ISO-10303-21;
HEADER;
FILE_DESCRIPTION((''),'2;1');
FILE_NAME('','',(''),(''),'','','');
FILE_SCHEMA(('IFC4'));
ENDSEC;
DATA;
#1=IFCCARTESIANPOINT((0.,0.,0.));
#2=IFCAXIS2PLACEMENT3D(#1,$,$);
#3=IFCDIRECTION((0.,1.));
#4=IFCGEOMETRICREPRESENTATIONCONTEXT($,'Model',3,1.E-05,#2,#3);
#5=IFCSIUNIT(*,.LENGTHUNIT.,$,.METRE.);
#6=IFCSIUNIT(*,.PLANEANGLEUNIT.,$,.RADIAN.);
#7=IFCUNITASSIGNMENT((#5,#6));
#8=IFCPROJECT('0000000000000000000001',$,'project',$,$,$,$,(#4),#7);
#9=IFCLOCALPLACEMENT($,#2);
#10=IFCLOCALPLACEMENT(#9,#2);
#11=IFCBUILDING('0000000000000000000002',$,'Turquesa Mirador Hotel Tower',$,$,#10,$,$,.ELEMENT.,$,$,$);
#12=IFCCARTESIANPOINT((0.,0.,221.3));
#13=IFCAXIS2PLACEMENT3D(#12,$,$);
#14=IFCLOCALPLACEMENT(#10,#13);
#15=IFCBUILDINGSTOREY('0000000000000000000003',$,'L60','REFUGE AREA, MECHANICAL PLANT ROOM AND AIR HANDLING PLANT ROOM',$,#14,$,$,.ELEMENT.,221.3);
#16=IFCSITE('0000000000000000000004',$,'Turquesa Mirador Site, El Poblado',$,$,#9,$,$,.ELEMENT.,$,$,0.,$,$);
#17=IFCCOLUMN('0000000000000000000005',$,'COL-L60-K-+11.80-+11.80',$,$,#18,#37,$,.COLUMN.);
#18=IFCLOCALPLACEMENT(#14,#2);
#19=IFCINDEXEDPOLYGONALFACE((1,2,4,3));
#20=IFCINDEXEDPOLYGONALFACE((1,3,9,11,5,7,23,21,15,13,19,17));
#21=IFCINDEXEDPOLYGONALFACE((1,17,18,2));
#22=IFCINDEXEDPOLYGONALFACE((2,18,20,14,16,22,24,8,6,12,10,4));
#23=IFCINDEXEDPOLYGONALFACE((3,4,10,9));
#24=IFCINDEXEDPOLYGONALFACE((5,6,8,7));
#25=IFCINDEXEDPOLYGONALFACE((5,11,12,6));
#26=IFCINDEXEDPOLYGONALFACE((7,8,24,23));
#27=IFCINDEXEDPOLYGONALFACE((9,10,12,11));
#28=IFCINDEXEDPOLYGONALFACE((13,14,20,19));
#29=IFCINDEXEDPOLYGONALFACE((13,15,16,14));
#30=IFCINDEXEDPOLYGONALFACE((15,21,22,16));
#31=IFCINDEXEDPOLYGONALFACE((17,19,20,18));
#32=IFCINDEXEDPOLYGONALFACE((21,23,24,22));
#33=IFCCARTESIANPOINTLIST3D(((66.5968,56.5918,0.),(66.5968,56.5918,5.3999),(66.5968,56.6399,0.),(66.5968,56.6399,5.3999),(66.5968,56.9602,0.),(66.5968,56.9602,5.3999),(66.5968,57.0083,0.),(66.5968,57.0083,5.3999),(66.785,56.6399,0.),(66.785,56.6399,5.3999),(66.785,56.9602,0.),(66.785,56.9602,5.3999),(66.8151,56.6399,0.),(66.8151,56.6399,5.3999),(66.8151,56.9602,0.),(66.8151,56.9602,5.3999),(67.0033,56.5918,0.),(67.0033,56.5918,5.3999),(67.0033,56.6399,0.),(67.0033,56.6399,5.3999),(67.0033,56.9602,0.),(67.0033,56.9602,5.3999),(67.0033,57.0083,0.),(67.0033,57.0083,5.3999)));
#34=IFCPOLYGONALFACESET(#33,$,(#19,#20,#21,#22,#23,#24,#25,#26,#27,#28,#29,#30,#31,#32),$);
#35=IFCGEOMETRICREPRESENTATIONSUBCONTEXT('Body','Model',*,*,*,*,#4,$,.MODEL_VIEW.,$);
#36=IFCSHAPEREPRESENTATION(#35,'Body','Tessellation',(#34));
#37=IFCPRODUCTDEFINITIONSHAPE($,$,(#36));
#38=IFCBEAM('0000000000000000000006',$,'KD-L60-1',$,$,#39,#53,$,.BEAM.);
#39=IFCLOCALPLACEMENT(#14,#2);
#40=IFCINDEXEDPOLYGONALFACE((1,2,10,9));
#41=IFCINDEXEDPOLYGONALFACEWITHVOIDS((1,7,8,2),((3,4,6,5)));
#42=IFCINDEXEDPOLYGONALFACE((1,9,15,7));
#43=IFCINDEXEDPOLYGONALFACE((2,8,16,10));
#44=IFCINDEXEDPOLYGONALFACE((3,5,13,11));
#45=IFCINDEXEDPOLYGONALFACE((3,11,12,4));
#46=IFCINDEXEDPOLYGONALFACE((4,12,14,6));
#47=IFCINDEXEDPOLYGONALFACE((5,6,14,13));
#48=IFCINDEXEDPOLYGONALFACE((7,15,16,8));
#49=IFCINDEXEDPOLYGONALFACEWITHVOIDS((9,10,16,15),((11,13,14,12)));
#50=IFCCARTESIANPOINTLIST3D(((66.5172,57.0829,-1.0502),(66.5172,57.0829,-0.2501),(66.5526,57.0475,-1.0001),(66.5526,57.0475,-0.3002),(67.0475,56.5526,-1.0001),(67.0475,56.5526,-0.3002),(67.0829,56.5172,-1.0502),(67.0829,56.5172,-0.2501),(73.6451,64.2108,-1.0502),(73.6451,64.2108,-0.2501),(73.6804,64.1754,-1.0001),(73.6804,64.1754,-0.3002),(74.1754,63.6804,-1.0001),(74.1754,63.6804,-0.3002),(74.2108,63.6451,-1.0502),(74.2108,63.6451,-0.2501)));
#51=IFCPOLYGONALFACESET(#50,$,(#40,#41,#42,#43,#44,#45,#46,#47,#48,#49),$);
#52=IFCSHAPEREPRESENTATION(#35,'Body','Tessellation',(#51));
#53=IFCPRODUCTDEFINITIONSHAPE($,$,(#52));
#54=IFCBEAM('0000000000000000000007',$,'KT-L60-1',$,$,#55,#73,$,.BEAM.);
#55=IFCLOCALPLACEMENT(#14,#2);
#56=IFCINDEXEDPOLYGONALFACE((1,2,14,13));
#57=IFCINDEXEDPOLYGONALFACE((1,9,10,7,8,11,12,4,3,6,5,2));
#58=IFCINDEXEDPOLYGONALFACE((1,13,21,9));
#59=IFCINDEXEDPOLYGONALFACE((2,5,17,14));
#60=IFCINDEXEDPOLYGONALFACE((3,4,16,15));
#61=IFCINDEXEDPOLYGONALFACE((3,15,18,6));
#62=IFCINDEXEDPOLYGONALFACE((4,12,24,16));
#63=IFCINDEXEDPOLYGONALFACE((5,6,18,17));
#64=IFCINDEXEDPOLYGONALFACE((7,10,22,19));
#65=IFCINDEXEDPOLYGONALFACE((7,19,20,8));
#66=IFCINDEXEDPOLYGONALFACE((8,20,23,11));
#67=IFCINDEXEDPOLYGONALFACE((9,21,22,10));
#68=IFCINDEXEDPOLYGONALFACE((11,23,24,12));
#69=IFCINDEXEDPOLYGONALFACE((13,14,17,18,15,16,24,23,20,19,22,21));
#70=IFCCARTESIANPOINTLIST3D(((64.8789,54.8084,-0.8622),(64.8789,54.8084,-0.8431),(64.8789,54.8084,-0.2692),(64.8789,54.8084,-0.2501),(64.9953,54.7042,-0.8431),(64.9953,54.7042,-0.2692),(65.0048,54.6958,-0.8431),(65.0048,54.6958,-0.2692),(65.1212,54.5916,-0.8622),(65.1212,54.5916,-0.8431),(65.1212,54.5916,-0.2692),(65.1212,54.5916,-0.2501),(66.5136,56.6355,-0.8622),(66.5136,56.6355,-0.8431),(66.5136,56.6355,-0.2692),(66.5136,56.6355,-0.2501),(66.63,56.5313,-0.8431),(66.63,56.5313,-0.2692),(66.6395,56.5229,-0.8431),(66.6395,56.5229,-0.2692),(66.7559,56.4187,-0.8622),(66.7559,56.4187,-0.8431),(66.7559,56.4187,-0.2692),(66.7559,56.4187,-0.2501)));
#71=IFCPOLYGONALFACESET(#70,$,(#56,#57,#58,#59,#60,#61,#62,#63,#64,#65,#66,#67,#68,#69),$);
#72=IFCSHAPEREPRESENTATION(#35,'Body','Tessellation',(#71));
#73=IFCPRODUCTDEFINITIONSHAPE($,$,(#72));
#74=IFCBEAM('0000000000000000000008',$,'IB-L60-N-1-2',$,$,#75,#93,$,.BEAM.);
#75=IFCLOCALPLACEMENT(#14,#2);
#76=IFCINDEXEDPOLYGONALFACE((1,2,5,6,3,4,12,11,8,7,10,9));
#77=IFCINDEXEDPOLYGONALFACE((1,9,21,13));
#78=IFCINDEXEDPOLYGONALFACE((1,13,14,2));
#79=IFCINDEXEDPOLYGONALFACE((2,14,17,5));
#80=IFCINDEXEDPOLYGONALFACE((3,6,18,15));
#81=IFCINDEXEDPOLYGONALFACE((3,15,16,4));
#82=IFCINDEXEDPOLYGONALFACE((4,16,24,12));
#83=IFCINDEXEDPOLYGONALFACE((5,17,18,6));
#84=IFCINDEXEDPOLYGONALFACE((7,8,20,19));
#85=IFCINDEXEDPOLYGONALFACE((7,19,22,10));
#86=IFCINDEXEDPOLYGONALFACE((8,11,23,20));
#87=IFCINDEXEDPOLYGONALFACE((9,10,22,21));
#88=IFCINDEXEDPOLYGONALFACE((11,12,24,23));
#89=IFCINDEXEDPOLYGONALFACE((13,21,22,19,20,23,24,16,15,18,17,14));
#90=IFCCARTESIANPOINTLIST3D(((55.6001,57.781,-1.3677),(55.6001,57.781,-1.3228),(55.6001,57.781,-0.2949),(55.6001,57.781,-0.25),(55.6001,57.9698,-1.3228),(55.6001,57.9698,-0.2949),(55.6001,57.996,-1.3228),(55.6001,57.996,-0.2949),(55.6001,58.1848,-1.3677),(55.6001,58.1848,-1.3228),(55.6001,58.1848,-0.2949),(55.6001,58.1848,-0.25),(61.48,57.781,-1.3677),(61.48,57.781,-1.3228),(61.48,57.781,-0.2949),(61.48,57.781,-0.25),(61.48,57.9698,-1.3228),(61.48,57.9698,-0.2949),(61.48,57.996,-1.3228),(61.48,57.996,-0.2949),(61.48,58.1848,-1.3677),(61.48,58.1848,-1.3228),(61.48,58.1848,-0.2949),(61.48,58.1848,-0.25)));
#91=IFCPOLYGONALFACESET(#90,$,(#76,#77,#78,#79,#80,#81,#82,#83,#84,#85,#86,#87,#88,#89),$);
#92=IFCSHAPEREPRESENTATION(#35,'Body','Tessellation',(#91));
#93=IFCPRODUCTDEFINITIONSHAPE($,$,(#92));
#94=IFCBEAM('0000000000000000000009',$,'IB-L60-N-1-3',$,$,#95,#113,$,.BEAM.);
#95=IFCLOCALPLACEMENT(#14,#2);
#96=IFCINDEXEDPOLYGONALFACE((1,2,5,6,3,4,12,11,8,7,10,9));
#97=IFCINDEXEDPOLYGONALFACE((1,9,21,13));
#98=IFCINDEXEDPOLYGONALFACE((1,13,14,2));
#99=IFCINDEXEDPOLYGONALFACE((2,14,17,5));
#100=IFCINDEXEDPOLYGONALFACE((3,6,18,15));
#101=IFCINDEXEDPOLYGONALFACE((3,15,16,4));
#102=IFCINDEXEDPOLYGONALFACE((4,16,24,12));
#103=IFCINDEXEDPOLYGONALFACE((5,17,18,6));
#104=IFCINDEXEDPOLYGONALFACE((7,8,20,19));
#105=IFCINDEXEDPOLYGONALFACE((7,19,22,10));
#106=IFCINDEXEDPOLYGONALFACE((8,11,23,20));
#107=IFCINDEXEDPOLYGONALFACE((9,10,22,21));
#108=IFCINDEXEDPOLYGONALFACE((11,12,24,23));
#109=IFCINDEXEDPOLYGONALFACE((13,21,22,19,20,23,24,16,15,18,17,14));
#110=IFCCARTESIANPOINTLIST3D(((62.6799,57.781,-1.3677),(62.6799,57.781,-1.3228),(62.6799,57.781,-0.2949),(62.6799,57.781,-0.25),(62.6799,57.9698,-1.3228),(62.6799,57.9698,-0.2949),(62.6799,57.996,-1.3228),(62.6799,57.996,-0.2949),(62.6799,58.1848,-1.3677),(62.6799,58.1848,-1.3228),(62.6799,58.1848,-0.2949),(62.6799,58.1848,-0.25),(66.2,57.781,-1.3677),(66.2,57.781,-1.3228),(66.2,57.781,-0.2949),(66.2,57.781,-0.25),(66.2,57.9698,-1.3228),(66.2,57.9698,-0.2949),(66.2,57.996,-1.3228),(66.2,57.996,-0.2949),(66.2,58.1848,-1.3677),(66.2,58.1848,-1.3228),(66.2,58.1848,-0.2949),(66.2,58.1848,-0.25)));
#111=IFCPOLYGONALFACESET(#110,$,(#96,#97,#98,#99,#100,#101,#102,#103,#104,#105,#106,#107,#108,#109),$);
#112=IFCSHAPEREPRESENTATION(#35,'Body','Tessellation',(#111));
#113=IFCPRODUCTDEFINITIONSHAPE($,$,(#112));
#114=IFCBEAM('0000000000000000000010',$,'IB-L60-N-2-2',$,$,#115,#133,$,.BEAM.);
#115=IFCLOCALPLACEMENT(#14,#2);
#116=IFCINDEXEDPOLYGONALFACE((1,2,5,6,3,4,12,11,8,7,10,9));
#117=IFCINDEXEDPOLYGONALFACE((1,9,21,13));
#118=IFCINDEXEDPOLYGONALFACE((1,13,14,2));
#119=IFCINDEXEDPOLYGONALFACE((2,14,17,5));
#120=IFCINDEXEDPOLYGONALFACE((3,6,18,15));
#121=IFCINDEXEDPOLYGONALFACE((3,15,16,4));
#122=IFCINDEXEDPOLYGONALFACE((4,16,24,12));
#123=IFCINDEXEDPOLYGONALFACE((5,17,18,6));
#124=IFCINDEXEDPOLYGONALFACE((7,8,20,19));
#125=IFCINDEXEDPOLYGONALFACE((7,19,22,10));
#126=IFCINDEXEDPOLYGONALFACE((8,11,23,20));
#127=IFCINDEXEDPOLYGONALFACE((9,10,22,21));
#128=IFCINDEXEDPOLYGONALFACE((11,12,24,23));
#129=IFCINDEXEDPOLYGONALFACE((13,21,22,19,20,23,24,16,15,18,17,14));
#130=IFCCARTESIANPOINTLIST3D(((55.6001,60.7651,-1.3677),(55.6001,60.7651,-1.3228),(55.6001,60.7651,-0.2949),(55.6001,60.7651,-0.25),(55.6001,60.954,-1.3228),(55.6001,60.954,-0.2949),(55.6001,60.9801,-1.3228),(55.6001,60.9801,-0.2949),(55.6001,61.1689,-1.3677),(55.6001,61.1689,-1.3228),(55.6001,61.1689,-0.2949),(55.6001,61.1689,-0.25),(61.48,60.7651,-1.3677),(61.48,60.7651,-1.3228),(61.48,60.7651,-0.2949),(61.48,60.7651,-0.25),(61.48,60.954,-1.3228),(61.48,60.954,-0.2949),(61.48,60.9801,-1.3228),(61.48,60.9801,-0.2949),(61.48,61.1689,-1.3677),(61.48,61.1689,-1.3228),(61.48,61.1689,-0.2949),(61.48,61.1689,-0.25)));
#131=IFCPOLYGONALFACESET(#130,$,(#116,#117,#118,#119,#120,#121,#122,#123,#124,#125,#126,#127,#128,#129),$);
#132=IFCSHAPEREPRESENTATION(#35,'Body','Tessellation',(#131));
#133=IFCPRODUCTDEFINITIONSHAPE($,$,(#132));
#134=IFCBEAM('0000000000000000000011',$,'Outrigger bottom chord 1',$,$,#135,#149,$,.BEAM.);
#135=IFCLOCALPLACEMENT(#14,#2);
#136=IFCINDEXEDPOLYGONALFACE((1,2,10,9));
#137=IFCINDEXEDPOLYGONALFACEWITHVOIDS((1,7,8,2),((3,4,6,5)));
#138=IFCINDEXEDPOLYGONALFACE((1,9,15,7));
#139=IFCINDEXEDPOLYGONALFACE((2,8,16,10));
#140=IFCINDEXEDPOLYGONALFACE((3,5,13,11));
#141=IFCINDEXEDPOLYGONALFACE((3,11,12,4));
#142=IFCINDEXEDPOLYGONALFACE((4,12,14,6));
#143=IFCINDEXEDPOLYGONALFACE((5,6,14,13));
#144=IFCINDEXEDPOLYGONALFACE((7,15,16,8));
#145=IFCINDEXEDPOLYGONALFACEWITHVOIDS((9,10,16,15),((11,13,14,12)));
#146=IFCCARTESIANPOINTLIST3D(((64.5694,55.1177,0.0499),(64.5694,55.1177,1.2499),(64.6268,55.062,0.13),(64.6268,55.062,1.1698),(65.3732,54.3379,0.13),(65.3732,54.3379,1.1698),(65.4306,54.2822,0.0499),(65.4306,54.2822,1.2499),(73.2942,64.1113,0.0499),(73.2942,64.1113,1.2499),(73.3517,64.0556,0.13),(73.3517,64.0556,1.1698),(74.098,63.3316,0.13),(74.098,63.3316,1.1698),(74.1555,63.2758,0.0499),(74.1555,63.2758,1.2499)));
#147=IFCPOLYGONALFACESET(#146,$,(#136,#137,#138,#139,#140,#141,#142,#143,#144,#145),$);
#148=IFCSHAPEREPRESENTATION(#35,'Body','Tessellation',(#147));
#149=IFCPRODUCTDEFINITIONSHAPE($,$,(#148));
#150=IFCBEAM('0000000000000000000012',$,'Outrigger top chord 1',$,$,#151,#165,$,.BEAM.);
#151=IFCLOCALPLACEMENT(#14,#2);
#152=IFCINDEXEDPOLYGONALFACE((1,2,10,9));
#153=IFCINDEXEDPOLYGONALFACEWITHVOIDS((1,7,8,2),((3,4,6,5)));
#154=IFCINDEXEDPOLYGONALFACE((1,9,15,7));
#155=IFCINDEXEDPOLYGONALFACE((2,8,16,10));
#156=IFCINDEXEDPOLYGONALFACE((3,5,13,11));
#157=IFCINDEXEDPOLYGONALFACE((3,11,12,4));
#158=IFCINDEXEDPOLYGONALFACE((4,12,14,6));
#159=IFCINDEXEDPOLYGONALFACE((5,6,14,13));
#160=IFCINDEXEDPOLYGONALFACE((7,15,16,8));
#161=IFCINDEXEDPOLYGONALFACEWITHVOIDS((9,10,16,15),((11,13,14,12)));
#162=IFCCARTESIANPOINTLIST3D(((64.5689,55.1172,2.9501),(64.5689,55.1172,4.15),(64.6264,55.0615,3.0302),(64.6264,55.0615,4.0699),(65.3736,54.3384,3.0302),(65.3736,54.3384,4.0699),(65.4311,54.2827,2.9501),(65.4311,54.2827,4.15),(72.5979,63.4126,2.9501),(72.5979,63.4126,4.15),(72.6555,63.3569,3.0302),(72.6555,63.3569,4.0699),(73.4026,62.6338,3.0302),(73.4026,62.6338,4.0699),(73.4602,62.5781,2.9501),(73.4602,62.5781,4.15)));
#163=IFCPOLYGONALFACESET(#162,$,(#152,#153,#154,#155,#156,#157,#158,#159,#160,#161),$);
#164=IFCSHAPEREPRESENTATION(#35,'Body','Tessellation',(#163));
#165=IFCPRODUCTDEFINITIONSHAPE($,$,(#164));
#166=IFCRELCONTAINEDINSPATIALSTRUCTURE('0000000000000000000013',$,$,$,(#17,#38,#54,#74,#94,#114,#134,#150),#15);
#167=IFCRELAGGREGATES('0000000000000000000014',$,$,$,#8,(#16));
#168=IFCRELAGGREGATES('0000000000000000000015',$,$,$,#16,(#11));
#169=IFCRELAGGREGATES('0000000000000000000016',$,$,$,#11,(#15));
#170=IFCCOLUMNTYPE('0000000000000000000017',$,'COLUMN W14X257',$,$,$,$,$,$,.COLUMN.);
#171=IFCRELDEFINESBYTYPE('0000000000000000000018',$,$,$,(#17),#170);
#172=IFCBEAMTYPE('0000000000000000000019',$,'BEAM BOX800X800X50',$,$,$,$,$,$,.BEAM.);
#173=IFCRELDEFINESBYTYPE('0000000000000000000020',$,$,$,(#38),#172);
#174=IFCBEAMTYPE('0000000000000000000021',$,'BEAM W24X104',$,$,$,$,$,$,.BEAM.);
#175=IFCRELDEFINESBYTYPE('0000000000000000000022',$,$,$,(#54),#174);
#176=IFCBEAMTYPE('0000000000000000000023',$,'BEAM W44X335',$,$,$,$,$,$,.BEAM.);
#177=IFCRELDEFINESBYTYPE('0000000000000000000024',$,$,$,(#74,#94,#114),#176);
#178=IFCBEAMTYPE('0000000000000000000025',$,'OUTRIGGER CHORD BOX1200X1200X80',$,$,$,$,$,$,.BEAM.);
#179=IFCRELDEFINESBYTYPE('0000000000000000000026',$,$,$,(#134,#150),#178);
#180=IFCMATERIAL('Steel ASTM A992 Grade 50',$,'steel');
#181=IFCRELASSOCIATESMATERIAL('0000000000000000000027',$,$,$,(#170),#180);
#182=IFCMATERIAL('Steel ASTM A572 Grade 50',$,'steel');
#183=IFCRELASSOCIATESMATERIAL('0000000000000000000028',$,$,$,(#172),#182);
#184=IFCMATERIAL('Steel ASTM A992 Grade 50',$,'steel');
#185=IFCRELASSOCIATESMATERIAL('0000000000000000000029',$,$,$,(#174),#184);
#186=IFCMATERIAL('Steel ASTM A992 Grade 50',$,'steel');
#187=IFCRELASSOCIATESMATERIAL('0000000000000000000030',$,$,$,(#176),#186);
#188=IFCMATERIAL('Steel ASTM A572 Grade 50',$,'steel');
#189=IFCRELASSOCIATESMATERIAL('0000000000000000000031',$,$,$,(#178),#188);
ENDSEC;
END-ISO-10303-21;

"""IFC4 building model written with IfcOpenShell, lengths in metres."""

from ifc_helpers import new_model, si_unit, direction, frame, origin, origin_2d, place, context, subcontext, project, spatial, hollow_rectangle, i_section, extrude, material, material_profile, profile_set, type_object, element, save


model = new_model("IFC4")

# Units and contexts
model_context = context("Model", 3, precision=1e-05, world=origin(), true_north=direction((0.0, 1.0)))
body_context = subcontext(model_context, "Body", "Model", "MODEL_VIEW")
ifc_project = project(units=[si_unit("LENGTHUNIT", "METRE"), si_unit("PLANEANGLEUNIT", "RADIAN")], contexts=[model_context])

# Site, building, storey
site_placement = place(None, origin())
site = spatial("IfcSite", under=ifc_project, at=site_placement, Name="Turquesa Mirador Site, El Poblado", CompositionType="ELEMENT", RefElevation=0.0)
building_placement = place(site_placement, origin())
building = spatial("IfcBuilding", under=site, at=building_placement, Name="Turquesa Mirador Hotel Tower", CompositionType="ELEMENT")
storey_placement = place(building_placement, frame((0.0, 0.0, 221.3)))
storey = spatial("IfcBuildingStorey", under=building, at=storey_placement, Name="L60", Description="REFUGE AREA, MECHANICAL PLANT ROOM AND AIR HANDLING PLANT ROOM", CompositionType="ELEMENT", Elevation=221.3)

# Column
ifc_material_1 = material(Name="Steel ASTM A992 Grade 50", Category="steel")
ifc_material_profile_1 = material_profile(ifc_material_1, i_section(OverallWidth=0.4065, OverallDepth=0.4165, WebThickness=0.03, FlangeThickness=0.0481, at=origin_2d()), Name="W14X257")
ifc_profile_set_1 = profile_set([ifc_material_profile_1], Name="Steel ASTM A992 Grade 50")
column_type = type_object("IfcColumnType", Name="COLUMN W14X257", PredefinedType="COLUMN", material=ifc_profile_set_1)
column_placement = place(storey_placement, frame((66.8, 56.8, 0.0), z_axis=(0.0, 0.0, 1.0), x_axis=(1.0, 0.0, 0.0)))
element("IfcColumn", 1, at=column_placement, inside=storey, type_object=column_type, Name="COL-L60-K-+11.80-+11.80", PredefinedType="COLUMN", context=body_context, shape_type="SweptSolid", body=[
    extrude(i_section(OverallWidth=0.4065, OverallDepth=0.4165, WebThickness=0.03, FlangeThickness=0.0481, at=origin_2d()), origin(), (0.0, 0.0, 1.0), 5.3999),
])

# Beams
ifc_material_2 = material(Name="Steel ASTM A572 Grade 50", Category="steel")
ifc_material_profile_2 = material_profile(ifc_material_2, hollow_rectangle(XDim=0.8, YDim=0.8, WallThickness=0.05, at=origin_2d()), Name="BOX800X800X50")
ifc_profile_set_2 = profile_set([ifc_material_profile_2], Name="Steel ASTM A572 Grade 50")
beam_type_1 = type_object("IfcBeamType", Name="BEAM BOX800X800X50", PredefinedType="BEAM", material=ifc_profile_set_2)
beam_1_placement = place(storey_placement, frame((66.8, 56.8, -0.6501), z_axis=(0.707107, 0.707107, 0.0), x_axis=(-0.707107, 0.707107, 0.0)))
element("IfcBeam", 2, at=beam_1_placement, inside=storey, type_object=beam_type_1, Name="KD-L60-1", PredefinedType="BEAM", context=body_context, shape_type="SweptSolid", body=[
    extrude(hollow_rectangle(XDim=0.8, YDim=0.8, WallThickness=0.05, at=origin_2d()), origin(), (0.0, 0.0, 1.0), 10.0803),
])
ifc_material_3 = material(Name="Steel ASTM A992 Grade 50", Category="steel")
ifc_material_profile_3 = material_profile(ifc_material_3, i_section(OverallWidth=0.3252, OverallDepth=0.6121, WebThickness=0.0127, FlangeThickness=0.019, at=origin_2d()), Name="W24X104")
ifc_profile_set_3 = profile_set([ifc_material_profile_3], Name="Steel ASTM A992 Grade 50")
beam_type_2 = type_object("IfcBeamType", Name="BEAM W24X104", PredefinedType="BEAM", material=ifc_profile_set_3)
beam_2_placement = place(storey_placement, frame((66.6348, 56.5271, -0.5562), z_axis=(-0.666783, -0.745252, 0.0), x_axis=(0.745252, -0.666783, 0.0)))
element("IfcBeam", 3, at=beam_2_placement, inside=storey, type_object=beam_type_2, Name="KT-L60-1", PredefinedType="BEAM", context=body_context, shape_type="SweptSolid", body=[
    extrude(i_section(OverallWidth=0.3252, OverallDepth=0.6121, WebThickness=0.0127, FlangeThickness=0.019, at=origin_2d()), origin(), (0.0, 0.0, 1.0), 2.4517),
])
ifc_material_4 = material(Name="Steel ASTM A992 Grade 50", Category="steel")
ifc_material_profile_4 = material_profile(ifc_material_4, i_section(OverallWidth=0.4038, OverallDepth=1.1177, WebThickness=0.0261, FlangeThickness=0.0449, at=origin_2d()), Name="W44X335")
ifc_profile_set_4 = profile_set([ifc_material_profile_4], Name="Steel ASTM A992 Grade 50")
beam_type_3 = type_object("IfcBeamType", Name="BEAM W44X335", PredefinedType="BEAM", material=ifc_profile_set_4)
beam_3_placement = place(storey_placement, frame((55.6001, 57.9829, -0.8088), z_axis=(1.0, 0.0, 0.0), x_axis=(0.0, 1.0, 0.0)))
element("IfcBeam", 4, at=beam_3_placement, inside=storey, type_object=beam_type_3, Name="IB-L60-N-1-2", PredefinedType="BEAM", context=body_context, shape_type="SweptSolid", body=[
    extrude(i_section(OverallWidth=0.4038, OverallDepth=1.1177, WebThickness=0.0261, FlangeThickness=0.0449, at=origin_2d()), origin(), (0.0, 0.0, 1.0), 5.8799),
])
beam_4_placement = place(storey_placement, frame((62.6799, 57.9829, -0.8088), z_axis=(1.0, 0.0, 0.0), x_axis=(0.0, 1.0, 0.0)))
element("IfcBeam", 5, at=beam_4_placement, inside=storey, type_object=beam_type_3, Name="IB-L60-N-1-3", PredefinedType="BEAM", context=body_context, shape_type="SweptSolid", body=[
    extrude(i_section(OverallWidth=0.4038, OverallDepth=1.1177, WebThickness=0.0261, FlangeThickness=0.0449, at=origin_2d()), origin(), (0.0, 0.0, 1.0), 3.52),
])
beam_5_placement = place(storey_placement, frame((55.6001, 60.967, -0.8088), z_axis=(1.0, 0.0, 0.0), x_axis=(0.0, 1.0, 0.0)))
element("IfcBeam", 6, at=beam_5_placement, inside=storey, type_object=beam_type_3, Name="IB-L60-N-2-2", PredefinedType="BEAM", context=body_context, shape_type="SweptSolid", body=[
    extrude(i_section(OverallWidth=0.4038, OverallDepth=1.1177, WebThickness=0.0261, FlangeThickness=0.0449, at=origin_2d()), origin(), (0.0, 0.0, 1.0), 5.8799),
])
ifc_material_5 = material(Name="Steel ASTM A572 Grade 50", Category="steel")
ifc_material_profile_5 = material_profile(ifc_material_5, hollow_rectangle(XDim=1.2, YDim=1.2, WallThickness=0.0801, at=origin_2d()), Name="BOX1200X1200X80")
ifc_profile_set_5 = profile_set([ifc_material_profile_5], Name="Steel ASTM A572 Grade 50")
beam_type_4 = type_object("IfcBeamType", Name="OUTRIGGER CHORD BOX1200X1200X80", PredefinedType="BEAM", material=ifc_profile_set_5)
beam_6_placement = place(storey_placement, frame((65.0, 54.7, 0.6499), z_axis=(0.696299, 0.717751, 0.0), x_axis=(-0.717751, 0.696299, 0.0)))
element("IfcBeam", 7, at=beam_6_placement, inside=storey, type_object=beam_type_4, Name="Outrigger bottom chord 1", PredefinedType="BEAM", context=body_context, shape_type="SweptSolid", body=[
    extrude(hollow_rectangle(XDim=1.2, YDim=1.2, WallThickness=0.0801, at=origin_2d()), origin(), (0.0, 0.0, 1.0), 12.5303),
])
beam_7_placement = place(storey_placement, frame((65.0, 54.7, 3.55), z_axis=(0.695477, 0.718549, 0.0), x_axis=(-0.718549, 0.695477, 0.0)))
element("IfcBeam", 8, at=beam_7_placement, inside=storey, type_object=beam_type_4, Name="Outrigger top chord 1", PredefinedType="BEAM", context=body_context, shape_type="SweptSolid", body=[
    extrude(hollow_rectangle(XDim=1.2, YDim=1.2, WallThickness=0.0801, at=origin_2d()), origin(), (0.0, 0.0, 1.0), 11.5447),
])

save(model, "model.ifc")
